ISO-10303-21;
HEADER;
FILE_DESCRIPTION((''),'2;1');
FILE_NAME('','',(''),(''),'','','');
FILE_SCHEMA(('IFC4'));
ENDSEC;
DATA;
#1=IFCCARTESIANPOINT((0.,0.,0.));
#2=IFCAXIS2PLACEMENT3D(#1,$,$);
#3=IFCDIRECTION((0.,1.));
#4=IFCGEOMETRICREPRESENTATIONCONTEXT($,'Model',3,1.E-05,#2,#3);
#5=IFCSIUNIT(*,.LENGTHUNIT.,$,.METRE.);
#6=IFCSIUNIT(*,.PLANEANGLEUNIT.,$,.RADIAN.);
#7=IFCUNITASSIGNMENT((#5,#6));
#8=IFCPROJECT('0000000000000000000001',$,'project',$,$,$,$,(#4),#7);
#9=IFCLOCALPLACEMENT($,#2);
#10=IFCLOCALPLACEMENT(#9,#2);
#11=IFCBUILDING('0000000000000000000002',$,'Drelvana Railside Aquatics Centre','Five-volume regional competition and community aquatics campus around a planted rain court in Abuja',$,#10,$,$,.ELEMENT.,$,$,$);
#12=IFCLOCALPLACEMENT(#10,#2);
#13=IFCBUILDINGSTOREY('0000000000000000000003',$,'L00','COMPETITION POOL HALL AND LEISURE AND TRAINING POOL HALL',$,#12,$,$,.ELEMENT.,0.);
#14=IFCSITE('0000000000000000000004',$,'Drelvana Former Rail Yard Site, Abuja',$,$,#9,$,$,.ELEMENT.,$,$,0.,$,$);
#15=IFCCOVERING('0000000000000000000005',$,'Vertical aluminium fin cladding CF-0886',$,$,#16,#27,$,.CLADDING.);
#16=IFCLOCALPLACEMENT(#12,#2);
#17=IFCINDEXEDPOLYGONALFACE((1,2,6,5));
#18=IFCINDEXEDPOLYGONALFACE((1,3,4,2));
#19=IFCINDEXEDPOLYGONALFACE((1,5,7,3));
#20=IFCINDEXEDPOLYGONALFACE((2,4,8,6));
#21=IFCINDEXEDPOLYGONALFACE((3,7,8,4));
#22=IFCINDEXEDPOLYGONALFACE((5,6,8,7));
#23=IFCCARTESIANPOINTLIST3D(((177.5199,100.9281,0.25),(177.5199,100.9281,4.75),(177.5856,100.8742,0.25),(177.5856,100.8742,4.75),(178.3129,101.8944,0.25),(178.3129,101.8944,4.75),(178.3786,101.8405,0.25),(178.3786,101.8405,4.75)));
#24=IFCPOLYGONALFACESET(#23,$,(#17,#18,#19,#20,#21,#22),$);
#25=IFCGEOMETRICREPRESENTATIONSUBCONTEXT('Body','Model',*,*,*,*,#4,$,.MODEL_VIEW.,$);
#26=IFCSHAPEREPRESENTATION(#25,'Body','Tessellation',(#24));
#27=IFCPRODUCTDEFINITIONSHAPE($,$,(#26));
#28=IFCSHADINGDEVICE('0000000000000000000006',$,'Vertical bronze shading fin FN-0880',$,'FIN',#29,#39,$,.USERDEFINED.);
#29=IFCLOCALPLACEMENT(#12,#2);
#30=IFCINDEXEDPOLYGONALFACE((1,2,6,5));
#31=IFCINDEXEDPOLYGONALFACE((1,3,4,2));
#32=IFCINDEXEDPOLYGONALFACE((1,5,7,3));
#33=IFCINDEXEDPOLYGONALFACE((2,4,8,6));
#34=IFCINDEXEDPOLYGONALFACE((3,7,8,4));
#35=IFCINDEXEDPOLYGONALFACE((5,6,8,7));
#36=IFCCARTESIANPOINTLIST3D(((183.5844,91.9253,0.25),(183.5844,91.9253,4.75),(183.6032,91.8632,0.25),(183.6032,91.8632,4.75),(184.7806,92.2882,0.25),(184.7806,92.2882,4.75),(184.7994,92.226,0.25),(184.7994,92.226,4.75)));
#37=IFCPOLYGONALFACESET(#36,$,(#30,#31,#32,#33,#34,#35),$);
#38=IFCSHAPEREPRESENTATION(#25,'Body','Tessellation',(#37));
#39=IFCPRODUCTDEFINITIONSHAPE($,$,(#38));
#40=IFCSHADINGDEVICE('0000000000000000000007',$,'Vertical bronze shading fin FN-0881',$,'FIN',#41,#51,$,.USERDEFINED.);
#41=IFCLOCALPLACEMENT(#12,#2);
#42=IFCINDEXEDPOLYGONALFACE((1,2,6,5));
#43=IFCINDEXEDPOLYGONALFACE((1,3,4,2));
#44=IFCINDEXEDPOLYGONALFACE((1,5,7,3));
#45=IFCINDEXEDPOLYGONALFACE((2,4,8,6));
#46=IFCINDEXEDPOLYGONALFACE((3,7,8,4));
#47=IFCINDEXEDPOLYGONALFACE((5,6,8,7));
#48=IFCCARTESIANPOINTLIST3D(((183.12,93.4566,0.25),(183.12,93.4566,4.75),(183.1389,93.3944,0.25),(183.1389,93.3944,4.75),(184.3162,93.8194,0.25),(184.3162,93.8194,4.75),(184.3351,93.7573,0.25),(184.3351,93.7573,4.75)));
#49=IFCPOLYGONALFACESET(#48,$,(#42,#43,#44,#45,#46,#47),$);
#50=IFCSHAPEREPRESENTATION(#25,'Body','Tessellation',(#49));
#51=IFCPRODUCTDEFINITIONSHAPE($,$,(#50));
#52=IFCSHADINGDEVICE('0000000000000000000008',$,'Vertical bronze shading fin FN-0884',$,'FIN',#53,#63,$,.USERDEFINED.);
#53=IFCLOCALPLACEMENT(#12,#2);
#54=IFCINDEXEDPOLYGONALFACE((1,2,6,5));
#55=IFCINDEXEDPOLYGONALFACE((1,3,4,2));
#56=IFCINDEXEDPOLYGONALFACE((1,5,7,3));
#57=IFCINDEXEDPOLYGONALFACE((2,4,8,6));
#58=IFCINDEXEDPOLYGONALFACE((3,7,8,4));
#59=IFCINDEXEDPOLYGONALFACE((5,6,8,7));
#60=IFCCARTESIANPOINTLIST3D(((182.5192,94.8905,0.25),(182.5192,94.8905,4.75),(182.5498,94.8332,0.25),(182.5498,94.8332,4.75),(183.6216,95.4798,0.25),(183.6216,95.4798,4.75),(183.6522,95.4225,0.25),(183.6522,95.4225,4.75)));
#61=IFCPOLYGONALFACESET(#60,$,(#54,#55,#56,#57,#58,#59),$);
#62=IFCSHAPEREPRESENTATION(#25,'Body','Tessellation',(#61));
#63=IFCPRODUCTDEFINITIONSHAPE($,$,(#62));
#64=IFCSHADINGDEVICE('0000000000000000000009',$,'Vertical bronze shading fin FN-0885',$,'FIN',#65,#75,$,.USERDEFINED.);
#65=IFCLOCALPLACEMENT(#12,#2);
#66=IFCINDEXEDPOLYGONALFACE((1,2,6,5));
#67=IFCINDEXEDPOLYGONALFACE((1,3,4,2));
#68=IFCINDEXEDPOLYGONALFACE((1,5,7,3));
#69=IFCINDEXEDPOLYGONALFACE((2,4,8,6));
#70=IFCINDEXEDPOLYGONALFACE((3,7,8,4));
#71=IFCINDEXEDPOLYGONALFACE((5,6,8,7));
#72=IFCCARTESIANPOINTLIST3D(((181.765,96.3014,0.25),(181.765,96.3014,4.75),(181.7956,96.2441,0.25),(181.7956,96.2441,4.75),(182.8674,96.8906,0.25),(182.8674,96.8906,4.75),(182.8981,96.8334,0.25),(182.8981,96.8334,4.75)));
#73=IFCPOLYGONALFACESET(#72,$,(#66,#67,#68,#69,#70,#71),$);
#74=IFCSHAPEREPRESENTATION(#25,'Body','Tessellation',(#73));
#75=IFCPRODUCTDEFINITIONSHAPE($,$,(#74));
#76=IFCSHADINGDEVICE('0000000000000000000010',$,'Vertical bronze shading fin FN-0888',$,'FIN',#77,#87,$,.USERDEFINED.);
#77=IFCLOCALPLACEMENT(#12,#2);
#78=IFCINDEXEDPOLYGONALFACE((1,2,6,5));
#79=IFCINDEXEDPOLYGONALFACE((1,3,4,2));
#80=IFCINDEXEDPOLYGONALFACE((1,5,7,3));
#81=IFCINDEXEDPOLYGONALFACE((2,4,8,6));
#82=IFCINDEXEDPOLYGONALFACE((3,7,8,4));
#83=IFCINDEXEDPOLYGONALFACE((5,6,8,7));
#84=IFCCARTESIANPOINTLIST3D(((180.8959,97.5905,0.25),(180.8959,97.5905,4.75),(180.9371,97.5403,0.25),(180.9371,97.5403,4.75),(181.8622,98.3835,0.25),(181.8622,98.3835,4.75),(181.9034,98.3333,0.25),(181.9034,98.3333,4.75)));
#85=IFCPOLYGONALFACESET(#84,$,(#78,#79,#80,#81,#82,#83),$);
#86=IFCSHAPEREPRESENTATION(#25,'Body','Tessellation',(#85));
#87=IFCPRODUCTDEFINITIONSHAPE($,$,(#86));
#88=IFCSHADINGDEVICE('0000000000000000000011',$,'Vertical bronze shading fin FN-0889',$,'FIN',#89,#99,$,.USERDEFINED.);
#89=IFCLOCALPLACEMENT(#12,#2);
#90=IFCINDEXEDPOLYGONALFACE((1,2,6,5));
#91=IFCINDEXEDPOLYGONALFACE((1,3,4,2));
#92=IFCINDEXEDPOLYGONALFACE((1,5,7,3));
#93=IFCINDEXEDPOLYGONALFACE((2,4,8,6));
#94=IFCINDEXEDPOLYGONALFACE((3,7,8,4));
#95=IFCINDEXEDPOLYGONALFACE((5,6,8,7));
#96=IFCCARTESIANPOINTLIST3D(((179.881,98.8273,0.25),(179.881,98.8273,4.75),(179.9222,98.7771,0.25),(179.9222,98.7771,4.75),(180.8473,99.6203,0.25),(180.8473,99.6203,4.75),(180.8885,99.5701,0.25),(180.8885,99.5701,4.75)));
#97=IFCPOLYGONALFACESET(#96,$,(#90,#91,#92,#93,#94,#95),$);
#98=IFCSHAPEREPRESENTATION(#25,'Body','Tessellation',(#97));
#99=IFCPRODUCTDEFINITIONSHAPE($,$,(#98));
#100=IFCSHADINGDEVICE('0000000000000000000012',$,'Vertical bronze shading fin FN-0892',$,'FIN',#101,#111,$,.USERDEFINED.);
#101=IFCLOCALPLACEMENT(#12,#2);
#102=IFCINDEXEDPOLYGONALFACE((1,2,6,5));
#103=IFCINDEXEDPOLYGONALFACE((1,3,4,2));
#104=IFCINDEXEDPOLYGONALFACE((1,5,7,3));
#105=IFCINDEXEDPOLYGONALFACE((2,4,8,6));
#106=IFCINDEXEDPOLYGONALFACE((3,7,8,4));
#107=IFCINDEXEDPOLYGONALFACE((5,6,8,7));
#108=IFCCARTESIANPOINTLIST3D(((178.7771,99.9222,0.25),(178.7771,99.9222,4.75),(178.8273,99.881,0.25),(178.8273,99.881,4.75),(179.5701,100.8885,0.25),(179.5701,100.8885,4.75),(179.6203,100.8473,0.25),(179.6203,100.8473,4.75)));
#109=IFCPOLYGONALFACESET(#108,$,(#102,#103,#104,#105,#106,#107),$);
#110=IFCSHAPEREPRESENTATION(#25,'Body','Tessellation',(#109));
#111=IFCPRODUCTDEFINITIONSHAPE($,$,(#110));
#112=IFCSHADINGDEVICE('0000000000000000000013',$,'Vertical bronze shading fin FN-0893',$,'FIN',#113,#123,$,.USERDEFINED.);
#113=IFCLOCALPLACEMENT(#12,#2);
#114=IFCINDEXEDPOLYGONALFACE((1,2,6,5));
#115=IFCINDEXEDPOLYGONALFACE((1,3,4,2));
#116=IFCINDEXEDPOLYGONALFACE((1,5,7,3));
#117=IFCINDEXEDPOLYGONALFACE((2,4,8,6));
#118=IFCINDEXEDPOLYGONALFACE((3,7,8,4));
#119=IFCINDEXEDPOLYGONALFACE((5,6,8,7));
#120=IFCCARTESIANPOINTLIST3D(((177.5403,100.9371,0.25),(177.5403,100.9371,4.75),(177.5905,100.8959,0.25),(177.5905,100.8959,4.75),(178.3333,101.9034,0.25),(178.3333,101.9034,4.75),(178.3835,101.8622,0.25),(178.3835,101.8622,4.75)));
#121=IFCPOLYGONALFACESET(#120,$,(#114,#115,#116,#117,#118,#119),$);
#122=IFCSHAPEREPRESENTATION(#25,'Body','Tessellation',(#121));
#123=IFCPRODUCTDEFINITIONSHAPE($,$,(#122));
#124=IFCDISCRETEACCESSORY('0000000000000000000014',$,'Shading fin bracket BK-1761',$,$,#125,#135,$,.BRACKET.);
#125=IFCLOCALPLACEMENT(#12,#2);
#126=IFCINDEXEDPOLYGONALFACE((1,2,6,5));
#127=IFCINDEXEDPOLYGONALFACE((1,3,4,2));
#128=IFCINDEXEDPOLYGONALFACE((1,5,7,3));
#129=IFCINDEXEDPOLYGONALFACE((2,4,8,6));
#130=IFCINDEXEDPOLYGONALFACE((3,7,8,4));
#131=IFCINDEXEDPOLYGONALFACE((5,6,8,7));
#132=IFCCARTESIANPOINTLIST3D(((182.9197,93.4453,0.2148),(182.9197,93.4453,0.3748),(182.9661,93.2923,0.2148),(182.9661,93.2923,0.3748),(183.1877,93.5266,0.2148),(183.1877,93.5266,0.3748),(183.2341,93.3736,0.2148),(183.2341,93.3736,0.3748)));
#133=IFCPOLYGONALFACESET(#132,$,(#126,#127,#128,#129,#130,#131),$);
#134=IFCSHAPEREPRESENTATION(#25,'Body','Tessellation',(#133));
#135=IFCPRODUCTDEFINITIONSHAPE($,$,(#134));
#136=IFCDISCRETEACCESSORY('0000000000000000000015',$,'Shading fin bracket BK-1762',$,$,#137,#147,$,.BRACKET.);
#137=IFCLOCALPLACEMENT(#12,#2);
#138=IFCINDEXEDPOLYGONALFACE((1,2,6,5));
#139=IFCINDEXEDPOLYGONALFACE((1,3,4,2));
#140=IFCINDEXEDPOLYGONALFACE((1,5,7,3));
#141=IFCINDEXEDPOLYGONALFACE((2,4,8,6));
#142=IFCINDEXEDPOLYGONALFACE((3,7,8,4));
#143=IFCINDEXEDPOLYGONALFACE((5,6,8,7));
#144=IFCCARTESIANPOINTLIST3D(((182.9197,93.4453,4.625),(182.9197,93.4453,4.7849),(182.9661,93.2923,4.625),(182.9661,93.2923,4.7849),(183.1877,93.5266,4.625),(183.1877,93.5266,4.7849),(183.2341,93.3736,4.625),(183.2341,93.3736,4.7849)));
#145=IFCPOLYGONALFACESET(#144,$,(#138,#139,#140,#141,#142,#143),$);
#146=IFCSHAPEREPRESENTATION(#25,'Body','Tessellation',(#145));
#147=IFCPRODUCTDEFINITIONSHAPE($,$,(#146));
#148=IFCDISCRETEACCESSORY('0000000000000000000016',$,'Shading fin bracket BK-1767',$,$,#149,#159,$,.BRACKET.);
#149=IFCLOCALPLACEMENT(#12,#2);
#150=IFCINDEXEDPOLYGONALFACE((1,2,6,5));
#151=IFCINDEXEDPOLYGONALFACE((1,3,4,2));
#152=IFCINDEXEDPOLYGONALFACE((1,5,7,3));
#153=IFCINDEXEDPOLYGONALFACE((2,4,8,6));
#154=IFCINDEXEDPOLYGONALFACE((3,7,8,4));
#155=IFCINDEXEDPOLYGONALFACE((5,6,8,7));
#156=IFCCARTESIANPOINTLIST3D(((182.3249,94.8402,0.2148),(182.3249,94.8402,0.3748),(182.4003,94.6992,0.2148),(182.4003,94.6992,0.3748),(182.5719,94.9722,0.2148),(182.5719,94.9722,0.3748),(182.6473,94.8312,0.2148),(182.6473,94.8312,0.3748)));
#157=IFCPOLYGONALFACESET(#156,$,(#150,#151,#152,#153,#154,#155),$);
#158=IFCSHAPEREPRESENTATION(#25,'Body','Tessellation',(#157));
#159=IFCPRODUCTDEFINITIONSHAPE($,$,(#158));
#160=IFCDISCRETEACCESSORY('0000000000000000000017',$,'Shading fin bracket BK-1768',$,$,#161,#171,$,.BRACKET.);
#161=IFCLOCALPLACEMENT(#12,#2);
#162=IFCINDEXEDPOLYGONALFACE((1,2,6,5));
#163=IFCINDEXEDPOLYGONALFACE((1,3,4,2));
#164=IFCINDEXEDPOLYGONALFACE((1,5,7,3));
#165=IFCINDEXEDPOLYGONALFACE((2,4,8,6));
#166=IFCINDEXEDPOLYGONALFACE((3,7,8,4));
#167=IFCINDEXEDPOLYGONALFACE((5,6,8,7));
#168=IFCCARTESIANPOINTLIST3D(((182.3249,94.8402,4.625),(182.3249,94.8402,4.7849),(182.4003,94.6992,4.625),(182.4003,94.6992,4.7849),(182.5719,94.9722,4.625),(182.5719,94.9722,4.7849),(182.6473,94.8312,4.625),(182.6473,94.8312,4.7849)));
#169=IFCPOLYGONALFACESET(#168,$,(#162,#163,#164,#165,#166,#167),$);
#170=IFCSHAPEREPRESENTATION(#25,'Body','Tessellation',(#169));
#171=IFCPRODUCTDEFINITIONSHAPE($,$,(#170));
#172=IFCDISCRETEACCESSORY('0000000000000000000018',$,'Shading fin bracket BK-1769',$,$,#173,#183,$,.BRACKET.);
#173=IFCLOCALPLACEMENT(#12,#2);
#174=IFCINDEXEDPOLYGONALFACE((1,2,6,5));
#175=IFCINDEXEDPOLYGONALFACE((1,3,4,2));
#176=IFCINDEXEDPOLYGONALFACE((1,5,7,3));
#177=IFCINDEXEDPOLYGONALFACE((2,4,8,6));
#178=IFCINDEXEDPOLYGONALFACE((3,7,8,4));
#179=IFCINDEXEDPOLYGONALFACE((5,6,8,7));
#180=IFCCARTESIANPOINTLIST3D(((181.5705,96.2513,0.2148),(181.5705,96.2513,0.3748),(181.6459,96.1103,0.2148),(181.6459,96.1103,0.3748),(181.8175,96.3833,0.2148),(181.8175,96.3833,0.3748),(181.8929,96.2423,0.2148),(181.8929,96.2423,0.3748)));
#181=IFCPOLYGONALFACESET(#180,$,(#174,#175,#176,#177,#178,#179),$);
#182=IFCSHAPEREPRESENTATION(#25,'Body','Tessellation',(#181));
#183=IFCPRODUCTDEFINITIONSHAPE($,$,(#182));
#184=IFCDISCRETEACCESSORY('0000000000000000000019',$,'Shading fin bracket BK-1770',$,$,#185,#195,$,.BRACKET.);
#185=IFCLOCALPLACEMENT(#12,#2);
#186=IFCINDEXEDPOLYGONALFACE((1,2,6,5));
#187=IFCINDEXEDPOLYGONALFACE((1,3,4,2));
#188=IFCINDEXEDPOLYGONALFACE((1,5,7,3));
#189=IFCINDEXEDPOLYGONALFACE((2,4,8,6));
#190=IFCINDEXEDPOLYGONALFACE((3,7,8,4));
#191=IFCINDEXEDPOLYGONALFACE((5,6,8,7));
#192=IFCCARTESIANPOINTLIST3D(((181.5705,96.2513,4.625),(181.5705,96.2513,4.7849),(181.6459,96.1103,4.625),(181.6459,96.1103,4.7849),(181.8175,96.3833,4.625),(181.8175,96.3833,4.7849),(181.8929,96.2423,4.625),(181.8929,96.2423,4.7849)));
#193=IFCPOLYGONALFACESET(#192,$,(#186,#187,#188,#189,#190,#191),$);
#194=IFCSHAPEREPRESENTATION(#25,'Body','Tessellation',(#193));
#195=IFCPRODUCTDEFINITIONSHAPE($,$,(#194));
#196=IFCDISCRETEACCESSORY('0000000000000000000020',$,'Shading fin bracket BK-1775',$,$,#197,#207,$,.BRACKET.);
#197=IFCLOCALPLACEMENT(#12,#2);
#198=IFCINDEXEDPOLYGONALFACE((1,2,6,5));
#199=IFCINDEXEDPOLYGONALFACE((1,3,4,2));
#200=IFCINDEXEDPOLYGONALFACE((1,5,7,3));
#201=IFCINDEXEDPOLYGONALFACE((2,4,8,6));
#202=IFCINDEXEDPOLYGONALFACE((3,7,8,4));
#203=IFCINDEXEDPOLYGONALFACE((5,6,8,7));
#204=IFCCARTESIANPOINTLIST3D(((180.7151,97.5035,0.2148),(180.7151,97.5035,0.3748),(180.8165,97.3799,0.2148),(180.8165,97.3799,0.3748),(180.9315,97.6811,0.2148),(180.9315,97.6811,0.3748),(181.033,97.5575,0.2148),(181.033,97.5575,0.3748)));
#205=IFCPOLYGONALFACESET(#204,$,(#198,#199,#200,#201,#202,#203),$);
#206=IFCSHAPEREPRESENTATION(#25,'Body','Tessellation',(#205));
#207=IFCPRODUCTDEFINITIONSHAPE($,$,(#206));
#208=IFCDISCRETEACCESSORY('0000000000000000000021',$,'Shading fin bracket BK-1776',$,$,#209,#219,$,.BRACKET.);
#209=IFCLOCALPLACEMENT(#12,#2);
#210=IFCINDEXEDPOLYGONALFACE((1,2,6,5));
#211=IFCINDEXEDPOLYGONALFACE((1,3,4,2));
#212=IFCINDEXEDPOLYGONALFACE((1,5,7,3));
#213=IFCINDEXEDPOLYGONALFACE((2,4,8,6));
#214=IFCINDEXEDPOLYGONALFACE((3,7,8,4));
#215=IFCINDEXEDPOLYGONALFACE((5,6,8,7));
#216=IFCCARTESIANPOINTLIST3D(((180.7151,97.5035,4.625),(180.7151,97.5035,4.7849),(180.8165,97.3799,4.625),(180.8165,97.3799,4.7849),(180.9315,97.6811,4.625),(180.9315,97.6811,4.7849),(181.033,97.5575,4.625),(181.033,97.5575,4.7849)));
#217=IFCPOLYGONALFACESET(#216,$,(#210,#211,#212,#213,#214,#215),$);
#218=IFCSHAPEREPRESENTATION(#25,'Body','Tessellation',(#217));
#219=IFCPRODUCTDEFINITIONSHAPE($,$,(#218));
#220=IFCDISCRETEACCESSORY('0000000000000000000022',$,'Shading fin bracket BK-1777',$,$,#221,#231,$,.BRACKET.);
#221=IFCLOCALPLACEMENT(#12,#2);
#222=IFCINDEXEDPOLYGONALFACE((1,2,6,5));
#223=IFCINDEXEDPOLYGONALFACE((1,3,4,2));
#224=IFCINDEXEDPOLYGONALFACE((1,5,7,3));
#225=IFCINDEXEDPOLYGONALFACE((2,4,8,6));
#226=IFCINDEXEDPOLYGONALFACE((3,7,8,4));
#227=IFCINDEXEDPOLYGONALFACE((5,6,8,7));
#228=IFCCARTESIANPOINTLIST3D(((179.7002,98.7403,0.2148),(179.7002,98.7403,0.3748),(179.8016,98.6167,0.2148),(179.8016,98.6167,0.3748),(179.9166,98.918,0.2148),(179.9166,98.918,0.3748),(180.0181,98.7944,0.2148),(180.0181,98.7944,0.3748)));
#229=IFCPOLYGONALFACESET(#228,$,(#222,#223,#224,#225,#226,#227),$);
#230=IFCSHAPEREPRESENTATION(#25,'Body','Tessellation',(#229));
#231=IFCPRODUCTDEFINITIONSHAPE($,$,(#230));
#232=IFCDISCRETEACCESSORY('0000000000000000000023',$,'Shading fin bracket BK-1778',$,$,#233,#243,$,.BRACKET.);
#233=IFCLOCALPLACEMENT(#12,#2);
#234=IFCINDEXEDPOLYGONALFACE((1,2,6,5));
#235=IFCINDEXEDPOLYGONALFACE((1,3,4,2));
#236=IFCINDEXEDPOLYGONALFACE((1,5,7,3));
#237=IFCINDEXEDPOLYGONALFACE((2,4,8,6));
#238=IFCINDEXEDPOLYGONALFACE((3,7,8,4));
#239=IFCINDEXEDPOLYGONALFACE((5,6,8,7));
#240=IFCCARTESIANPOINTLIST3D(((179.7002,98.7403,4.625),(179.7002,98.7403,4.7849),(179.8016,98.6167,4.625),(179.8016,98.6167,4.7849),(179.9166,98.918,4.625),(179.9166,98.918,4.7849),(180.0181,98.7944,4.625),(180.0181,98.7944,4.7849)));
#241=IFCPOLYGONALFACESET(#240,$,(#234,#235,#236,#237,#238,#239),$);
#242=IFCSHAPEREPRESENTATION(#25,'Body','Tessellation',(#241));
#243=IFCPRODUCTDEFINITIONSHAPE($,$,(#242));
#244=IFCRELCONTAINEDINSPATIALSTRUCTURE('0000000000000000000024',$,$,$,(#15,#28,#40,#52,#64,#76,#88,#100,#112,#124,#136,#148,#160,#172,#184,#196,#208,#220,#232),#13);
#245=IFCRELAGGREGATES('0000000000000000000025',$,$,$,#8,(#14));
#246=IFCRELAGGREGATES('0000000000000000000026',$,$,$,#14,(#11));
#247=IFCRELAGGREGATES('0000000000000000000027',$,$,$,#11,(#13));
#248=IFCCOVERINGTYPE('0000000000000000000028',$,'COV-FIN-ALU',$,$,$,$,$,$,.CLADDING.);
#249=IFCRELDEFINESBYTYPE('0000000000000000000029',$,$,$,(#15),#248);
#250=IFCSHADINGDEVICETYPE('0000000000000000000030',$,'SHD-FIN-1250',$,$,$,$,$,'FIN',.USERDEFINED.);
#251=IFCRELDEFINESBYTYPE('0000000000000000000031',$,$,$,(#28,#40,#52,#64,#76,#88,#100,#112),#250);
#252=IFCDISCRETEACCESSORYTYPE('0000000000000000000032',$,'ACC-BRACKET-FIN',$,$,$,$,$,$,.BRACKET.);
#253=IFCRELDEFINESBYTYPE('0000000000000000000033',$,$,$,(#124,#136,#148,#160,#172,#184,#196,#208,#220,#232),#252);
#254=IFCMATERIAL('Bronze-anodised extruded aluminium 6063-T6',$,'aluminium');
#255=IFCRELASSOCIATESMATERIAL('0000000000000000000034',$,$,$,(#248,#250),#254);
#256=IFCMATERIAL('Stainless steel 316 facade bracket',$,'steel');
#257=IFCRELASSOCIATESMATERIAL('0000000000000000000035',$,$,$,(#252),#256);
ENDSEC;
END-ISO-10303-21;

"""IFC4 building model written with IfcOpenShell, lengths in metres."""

from ifc_helpers import new_model, si_unit, direction, frame, origin, origin_2d, place, context, subcontext, project, spatial, rectangle, extrude, material, type_object, element, save


model = new_model("IFC4")

# Units and contexts
model_context = context("Model", 3, precision=1e-05, world=origin(), true_north=direction((0.0, 1.0)))
body_context = subcontext(model_context, "Body", "Model", "MODEL_VIEW")
ifc_project = project(units=[si_unit("LENGTHUNIT", "METRE"), si_unit("PLANEANGLEUNIT", "RADIAN")], contexts=[model_context])

# Site, building, storey
site_placement = place(None, origin())
site = spatial("IfcSite", under=ifc_project, at=site_placement, Name="Drelvana Former Rail Yard Site, Abuja", CompositionType="ELEMENT", RefElevation=0.0)
building_placement = place(site_placement, origin())
building = spatial("IfcBuilding", under=site, at=building_placement, Name="Drelvana Railside Aquatics Centre", Description="Five-volume regional competition and community aquatics campus around a planted rain court in Abuja", CompositionType="ELEMENT")
storey_placement = place(building_placement, origin())
storey = spatial("IfcBuildingStorey", under=building, at=storey_placement, Name="L00", Description="COMPETITION POOL HALL AND LEISURE AND TRAINING POOL HALL", CompositionType="ELEMENT", Elevation=0.0)

# Covering
ifc_material_1 = material(Name="Bronze-anodised extruded aluminium 6063-T6", Category="aluminium")
covering_type = type_object("IfcCoveringType", Name="COV-FIN-ALU", PredefinedType="CLADDING", material=ifc_material_1)
for number, where, z_axis, x_axis, name in (
    (1, (177.9492, 101.3843, 0.25), (0.0, 0.0, 1.0), (0.77301, -0.634393, 0.0), "Vertical aluminium fin cladding CF-0886"),
):
    element("IfcCovering", number, at=place(storey_placement, frame(where, z_axis=z_axis, x_axis=x_axis)), inside=storey, type_object=covering_type, Name=name, PredefinedType="CLADDING", context=body_context, shape_type="SweptSolid", body=[
        extrude(rectangle(XDim=0.085, YDim=1.25, at=origin_2d()), origin(), (0.0, 0.0, 1.0), 4.5),
    ])

# Shading devices
shading_device_type = type_object("IfcShadingDeviceType", Name="SHD-FIN-1250", ElementType="FIN", PredefinedType="USERDEFINED", material=ifc_material_1)
for number, where, z_axis, x_axis, name in (
    (2, (184.1919, 92.0757, 0.25), (0.0, 0.0, 1.0), (0.95694, 0.290285, 0.0), "Vertical bronze shading fin FN-0880"),
    (3, (183.7275, 93.6069, 0.25), (0.0, 0.0, 1.0), (0.95694, 0.290285, 0.0), "Vertical bronze shading fin FN-0881"),
    (4, (183.0857, 95.1565, 0.25), (0.0, 0.0, 1.0), (0.881921, 0.471397, 0.0), "Vertical bronze shading fin FN-0884"),
    (5, (182.3315, 96.5674, 0.25), (0.0, 0.0, 1.0), (0.881921, 0.471397, 0.0), "Vertical bronze shading fin FN-0885"),
    (6, (181.3997, 97.9619, 0.25), (0.0, 0.0, 1.0), (0.77301, 0.634393, 0.0), "Vertical bronze shading fin FN-0888"),
    (7, (180.3848, 99.1987, 0.25), (0.0, 0.0, 1.0), (0.77301, 0.634393, 0.0), "Vertical bronze shading fin FN-0889"),
    (8, (179.1987, 100.3848, 0.25), (0.0, 0.0, 1.0), (0.634393, 0.77301, 0.0), "Vertical bronze shading fin FN-0892"),
    (9, (177.9619, 101.3997, 0.25), (0.0, 0.0, 1.0), (0.634393, 0.77301, 0.0), "Vertical bronze shading fin FN-0893"),
):
    element("IfcShadingDevice", number, at=place(storey_placement, frame(where, z_axis=z_axis, x_axis=x_axis)), inside=storey, type_object=shading_device_type, Name=name, ObjectType="FIN", PredefinedType="USERDEFINED", context=body_context, shape_type="SweptSolid", body=[
        extrude(rectangle(XDim=1.25, YDim=0.0649, at=origin_2d()), origin(), (0.0, 0.0, 1.0), 4.5),
    ])

# Discrete accessories
ifc_material_2 = material(Name="Stainless steel 316 facade bracket", Category="steel")
discrete_accessory_type = type_object("IfcDiscreteAccessoryType", Name="ACC-BRACKET-FIN", PredefinedType="BRACKET", material=ifc_material_2)
for number, where, z_axis, x_axis, name in (
    (10, (183.0769, 93.4094, 0.2148), (0.0, 0.0, 1.0), (0.95694, 0.290285, 0.0), "Shading fin bracket BK-1761"),
    (11, (183.0769, 93.4094, 4.625), (0.0, 0.0, 1.0), (0.95694, 0.290285, 0.0), "Shading fin bracket BK-1762"),
    (12, (182.4861, 94.8357, 0.2148), (0.0, 0.0, 1.0), (0.881921, 0.471397, 0.0), "Shading fin bracket BK-1767"),
    (13, (182.4861, 94.8357, 4.625), (0.0, 0.0, 1.0), (0.881921, 0.471397, 0.0), "Shading fin bracket BK-1768"),
    (14, (181.7317, 96.2468, 0.2148), (0.0, 0.0, 1.0), (0.881921, 0.471397, 0.0), "Shading fin bracket BK-1769"),
    (15, (181.7317, 96.2468, 4.625), (0.0, 0.0, 1.0), (0.881921, 0.471397, 0.0), "Shading fin bracket BK-1770"),
    (16, (180.874, 97.5305, 0.2148), (0.0, 0.0, 1.0), (0.77301, 0.634393, 0.0), "Shading fin bracket BK-1775"),
    (17, (180.874, 97.5305, 4.625), (0.0, 0.0, 1.0), (0.77301, 0.634393, 0.0), "Shading fin bracket BK-1776"),
    (18, (179.8591, 98.7673, 0.2148), (0.0, 0.0, 1.0), (0.77301, 0.634393, 0.0), "Shading fin bracket BK-1777"),
    (19, (179.8591, 98.7673, 4.625), (0.0, 0.0, 1.0), (0.77301, 0.634393, 0.0), "Shading fin bracket BK-1778"),
):
    element("IfcDiscreteAccessory", number, at=place(storey_placement, frame(where, z_axis=z_axis, x_axis=x_axis)), inside=storey, type_object=discrete_accessory_type, Name=name, PredefinedType="BRACKET", context=body_context, shape_type="SweptSolid", body=[
        extrude(rectangle(XDim=0.28, YDim=0.1599, at=origin_2d()), origin(), (0.0, 0.0, 1.0), 0.1599),
    ])

save(model, "model.ifc")
